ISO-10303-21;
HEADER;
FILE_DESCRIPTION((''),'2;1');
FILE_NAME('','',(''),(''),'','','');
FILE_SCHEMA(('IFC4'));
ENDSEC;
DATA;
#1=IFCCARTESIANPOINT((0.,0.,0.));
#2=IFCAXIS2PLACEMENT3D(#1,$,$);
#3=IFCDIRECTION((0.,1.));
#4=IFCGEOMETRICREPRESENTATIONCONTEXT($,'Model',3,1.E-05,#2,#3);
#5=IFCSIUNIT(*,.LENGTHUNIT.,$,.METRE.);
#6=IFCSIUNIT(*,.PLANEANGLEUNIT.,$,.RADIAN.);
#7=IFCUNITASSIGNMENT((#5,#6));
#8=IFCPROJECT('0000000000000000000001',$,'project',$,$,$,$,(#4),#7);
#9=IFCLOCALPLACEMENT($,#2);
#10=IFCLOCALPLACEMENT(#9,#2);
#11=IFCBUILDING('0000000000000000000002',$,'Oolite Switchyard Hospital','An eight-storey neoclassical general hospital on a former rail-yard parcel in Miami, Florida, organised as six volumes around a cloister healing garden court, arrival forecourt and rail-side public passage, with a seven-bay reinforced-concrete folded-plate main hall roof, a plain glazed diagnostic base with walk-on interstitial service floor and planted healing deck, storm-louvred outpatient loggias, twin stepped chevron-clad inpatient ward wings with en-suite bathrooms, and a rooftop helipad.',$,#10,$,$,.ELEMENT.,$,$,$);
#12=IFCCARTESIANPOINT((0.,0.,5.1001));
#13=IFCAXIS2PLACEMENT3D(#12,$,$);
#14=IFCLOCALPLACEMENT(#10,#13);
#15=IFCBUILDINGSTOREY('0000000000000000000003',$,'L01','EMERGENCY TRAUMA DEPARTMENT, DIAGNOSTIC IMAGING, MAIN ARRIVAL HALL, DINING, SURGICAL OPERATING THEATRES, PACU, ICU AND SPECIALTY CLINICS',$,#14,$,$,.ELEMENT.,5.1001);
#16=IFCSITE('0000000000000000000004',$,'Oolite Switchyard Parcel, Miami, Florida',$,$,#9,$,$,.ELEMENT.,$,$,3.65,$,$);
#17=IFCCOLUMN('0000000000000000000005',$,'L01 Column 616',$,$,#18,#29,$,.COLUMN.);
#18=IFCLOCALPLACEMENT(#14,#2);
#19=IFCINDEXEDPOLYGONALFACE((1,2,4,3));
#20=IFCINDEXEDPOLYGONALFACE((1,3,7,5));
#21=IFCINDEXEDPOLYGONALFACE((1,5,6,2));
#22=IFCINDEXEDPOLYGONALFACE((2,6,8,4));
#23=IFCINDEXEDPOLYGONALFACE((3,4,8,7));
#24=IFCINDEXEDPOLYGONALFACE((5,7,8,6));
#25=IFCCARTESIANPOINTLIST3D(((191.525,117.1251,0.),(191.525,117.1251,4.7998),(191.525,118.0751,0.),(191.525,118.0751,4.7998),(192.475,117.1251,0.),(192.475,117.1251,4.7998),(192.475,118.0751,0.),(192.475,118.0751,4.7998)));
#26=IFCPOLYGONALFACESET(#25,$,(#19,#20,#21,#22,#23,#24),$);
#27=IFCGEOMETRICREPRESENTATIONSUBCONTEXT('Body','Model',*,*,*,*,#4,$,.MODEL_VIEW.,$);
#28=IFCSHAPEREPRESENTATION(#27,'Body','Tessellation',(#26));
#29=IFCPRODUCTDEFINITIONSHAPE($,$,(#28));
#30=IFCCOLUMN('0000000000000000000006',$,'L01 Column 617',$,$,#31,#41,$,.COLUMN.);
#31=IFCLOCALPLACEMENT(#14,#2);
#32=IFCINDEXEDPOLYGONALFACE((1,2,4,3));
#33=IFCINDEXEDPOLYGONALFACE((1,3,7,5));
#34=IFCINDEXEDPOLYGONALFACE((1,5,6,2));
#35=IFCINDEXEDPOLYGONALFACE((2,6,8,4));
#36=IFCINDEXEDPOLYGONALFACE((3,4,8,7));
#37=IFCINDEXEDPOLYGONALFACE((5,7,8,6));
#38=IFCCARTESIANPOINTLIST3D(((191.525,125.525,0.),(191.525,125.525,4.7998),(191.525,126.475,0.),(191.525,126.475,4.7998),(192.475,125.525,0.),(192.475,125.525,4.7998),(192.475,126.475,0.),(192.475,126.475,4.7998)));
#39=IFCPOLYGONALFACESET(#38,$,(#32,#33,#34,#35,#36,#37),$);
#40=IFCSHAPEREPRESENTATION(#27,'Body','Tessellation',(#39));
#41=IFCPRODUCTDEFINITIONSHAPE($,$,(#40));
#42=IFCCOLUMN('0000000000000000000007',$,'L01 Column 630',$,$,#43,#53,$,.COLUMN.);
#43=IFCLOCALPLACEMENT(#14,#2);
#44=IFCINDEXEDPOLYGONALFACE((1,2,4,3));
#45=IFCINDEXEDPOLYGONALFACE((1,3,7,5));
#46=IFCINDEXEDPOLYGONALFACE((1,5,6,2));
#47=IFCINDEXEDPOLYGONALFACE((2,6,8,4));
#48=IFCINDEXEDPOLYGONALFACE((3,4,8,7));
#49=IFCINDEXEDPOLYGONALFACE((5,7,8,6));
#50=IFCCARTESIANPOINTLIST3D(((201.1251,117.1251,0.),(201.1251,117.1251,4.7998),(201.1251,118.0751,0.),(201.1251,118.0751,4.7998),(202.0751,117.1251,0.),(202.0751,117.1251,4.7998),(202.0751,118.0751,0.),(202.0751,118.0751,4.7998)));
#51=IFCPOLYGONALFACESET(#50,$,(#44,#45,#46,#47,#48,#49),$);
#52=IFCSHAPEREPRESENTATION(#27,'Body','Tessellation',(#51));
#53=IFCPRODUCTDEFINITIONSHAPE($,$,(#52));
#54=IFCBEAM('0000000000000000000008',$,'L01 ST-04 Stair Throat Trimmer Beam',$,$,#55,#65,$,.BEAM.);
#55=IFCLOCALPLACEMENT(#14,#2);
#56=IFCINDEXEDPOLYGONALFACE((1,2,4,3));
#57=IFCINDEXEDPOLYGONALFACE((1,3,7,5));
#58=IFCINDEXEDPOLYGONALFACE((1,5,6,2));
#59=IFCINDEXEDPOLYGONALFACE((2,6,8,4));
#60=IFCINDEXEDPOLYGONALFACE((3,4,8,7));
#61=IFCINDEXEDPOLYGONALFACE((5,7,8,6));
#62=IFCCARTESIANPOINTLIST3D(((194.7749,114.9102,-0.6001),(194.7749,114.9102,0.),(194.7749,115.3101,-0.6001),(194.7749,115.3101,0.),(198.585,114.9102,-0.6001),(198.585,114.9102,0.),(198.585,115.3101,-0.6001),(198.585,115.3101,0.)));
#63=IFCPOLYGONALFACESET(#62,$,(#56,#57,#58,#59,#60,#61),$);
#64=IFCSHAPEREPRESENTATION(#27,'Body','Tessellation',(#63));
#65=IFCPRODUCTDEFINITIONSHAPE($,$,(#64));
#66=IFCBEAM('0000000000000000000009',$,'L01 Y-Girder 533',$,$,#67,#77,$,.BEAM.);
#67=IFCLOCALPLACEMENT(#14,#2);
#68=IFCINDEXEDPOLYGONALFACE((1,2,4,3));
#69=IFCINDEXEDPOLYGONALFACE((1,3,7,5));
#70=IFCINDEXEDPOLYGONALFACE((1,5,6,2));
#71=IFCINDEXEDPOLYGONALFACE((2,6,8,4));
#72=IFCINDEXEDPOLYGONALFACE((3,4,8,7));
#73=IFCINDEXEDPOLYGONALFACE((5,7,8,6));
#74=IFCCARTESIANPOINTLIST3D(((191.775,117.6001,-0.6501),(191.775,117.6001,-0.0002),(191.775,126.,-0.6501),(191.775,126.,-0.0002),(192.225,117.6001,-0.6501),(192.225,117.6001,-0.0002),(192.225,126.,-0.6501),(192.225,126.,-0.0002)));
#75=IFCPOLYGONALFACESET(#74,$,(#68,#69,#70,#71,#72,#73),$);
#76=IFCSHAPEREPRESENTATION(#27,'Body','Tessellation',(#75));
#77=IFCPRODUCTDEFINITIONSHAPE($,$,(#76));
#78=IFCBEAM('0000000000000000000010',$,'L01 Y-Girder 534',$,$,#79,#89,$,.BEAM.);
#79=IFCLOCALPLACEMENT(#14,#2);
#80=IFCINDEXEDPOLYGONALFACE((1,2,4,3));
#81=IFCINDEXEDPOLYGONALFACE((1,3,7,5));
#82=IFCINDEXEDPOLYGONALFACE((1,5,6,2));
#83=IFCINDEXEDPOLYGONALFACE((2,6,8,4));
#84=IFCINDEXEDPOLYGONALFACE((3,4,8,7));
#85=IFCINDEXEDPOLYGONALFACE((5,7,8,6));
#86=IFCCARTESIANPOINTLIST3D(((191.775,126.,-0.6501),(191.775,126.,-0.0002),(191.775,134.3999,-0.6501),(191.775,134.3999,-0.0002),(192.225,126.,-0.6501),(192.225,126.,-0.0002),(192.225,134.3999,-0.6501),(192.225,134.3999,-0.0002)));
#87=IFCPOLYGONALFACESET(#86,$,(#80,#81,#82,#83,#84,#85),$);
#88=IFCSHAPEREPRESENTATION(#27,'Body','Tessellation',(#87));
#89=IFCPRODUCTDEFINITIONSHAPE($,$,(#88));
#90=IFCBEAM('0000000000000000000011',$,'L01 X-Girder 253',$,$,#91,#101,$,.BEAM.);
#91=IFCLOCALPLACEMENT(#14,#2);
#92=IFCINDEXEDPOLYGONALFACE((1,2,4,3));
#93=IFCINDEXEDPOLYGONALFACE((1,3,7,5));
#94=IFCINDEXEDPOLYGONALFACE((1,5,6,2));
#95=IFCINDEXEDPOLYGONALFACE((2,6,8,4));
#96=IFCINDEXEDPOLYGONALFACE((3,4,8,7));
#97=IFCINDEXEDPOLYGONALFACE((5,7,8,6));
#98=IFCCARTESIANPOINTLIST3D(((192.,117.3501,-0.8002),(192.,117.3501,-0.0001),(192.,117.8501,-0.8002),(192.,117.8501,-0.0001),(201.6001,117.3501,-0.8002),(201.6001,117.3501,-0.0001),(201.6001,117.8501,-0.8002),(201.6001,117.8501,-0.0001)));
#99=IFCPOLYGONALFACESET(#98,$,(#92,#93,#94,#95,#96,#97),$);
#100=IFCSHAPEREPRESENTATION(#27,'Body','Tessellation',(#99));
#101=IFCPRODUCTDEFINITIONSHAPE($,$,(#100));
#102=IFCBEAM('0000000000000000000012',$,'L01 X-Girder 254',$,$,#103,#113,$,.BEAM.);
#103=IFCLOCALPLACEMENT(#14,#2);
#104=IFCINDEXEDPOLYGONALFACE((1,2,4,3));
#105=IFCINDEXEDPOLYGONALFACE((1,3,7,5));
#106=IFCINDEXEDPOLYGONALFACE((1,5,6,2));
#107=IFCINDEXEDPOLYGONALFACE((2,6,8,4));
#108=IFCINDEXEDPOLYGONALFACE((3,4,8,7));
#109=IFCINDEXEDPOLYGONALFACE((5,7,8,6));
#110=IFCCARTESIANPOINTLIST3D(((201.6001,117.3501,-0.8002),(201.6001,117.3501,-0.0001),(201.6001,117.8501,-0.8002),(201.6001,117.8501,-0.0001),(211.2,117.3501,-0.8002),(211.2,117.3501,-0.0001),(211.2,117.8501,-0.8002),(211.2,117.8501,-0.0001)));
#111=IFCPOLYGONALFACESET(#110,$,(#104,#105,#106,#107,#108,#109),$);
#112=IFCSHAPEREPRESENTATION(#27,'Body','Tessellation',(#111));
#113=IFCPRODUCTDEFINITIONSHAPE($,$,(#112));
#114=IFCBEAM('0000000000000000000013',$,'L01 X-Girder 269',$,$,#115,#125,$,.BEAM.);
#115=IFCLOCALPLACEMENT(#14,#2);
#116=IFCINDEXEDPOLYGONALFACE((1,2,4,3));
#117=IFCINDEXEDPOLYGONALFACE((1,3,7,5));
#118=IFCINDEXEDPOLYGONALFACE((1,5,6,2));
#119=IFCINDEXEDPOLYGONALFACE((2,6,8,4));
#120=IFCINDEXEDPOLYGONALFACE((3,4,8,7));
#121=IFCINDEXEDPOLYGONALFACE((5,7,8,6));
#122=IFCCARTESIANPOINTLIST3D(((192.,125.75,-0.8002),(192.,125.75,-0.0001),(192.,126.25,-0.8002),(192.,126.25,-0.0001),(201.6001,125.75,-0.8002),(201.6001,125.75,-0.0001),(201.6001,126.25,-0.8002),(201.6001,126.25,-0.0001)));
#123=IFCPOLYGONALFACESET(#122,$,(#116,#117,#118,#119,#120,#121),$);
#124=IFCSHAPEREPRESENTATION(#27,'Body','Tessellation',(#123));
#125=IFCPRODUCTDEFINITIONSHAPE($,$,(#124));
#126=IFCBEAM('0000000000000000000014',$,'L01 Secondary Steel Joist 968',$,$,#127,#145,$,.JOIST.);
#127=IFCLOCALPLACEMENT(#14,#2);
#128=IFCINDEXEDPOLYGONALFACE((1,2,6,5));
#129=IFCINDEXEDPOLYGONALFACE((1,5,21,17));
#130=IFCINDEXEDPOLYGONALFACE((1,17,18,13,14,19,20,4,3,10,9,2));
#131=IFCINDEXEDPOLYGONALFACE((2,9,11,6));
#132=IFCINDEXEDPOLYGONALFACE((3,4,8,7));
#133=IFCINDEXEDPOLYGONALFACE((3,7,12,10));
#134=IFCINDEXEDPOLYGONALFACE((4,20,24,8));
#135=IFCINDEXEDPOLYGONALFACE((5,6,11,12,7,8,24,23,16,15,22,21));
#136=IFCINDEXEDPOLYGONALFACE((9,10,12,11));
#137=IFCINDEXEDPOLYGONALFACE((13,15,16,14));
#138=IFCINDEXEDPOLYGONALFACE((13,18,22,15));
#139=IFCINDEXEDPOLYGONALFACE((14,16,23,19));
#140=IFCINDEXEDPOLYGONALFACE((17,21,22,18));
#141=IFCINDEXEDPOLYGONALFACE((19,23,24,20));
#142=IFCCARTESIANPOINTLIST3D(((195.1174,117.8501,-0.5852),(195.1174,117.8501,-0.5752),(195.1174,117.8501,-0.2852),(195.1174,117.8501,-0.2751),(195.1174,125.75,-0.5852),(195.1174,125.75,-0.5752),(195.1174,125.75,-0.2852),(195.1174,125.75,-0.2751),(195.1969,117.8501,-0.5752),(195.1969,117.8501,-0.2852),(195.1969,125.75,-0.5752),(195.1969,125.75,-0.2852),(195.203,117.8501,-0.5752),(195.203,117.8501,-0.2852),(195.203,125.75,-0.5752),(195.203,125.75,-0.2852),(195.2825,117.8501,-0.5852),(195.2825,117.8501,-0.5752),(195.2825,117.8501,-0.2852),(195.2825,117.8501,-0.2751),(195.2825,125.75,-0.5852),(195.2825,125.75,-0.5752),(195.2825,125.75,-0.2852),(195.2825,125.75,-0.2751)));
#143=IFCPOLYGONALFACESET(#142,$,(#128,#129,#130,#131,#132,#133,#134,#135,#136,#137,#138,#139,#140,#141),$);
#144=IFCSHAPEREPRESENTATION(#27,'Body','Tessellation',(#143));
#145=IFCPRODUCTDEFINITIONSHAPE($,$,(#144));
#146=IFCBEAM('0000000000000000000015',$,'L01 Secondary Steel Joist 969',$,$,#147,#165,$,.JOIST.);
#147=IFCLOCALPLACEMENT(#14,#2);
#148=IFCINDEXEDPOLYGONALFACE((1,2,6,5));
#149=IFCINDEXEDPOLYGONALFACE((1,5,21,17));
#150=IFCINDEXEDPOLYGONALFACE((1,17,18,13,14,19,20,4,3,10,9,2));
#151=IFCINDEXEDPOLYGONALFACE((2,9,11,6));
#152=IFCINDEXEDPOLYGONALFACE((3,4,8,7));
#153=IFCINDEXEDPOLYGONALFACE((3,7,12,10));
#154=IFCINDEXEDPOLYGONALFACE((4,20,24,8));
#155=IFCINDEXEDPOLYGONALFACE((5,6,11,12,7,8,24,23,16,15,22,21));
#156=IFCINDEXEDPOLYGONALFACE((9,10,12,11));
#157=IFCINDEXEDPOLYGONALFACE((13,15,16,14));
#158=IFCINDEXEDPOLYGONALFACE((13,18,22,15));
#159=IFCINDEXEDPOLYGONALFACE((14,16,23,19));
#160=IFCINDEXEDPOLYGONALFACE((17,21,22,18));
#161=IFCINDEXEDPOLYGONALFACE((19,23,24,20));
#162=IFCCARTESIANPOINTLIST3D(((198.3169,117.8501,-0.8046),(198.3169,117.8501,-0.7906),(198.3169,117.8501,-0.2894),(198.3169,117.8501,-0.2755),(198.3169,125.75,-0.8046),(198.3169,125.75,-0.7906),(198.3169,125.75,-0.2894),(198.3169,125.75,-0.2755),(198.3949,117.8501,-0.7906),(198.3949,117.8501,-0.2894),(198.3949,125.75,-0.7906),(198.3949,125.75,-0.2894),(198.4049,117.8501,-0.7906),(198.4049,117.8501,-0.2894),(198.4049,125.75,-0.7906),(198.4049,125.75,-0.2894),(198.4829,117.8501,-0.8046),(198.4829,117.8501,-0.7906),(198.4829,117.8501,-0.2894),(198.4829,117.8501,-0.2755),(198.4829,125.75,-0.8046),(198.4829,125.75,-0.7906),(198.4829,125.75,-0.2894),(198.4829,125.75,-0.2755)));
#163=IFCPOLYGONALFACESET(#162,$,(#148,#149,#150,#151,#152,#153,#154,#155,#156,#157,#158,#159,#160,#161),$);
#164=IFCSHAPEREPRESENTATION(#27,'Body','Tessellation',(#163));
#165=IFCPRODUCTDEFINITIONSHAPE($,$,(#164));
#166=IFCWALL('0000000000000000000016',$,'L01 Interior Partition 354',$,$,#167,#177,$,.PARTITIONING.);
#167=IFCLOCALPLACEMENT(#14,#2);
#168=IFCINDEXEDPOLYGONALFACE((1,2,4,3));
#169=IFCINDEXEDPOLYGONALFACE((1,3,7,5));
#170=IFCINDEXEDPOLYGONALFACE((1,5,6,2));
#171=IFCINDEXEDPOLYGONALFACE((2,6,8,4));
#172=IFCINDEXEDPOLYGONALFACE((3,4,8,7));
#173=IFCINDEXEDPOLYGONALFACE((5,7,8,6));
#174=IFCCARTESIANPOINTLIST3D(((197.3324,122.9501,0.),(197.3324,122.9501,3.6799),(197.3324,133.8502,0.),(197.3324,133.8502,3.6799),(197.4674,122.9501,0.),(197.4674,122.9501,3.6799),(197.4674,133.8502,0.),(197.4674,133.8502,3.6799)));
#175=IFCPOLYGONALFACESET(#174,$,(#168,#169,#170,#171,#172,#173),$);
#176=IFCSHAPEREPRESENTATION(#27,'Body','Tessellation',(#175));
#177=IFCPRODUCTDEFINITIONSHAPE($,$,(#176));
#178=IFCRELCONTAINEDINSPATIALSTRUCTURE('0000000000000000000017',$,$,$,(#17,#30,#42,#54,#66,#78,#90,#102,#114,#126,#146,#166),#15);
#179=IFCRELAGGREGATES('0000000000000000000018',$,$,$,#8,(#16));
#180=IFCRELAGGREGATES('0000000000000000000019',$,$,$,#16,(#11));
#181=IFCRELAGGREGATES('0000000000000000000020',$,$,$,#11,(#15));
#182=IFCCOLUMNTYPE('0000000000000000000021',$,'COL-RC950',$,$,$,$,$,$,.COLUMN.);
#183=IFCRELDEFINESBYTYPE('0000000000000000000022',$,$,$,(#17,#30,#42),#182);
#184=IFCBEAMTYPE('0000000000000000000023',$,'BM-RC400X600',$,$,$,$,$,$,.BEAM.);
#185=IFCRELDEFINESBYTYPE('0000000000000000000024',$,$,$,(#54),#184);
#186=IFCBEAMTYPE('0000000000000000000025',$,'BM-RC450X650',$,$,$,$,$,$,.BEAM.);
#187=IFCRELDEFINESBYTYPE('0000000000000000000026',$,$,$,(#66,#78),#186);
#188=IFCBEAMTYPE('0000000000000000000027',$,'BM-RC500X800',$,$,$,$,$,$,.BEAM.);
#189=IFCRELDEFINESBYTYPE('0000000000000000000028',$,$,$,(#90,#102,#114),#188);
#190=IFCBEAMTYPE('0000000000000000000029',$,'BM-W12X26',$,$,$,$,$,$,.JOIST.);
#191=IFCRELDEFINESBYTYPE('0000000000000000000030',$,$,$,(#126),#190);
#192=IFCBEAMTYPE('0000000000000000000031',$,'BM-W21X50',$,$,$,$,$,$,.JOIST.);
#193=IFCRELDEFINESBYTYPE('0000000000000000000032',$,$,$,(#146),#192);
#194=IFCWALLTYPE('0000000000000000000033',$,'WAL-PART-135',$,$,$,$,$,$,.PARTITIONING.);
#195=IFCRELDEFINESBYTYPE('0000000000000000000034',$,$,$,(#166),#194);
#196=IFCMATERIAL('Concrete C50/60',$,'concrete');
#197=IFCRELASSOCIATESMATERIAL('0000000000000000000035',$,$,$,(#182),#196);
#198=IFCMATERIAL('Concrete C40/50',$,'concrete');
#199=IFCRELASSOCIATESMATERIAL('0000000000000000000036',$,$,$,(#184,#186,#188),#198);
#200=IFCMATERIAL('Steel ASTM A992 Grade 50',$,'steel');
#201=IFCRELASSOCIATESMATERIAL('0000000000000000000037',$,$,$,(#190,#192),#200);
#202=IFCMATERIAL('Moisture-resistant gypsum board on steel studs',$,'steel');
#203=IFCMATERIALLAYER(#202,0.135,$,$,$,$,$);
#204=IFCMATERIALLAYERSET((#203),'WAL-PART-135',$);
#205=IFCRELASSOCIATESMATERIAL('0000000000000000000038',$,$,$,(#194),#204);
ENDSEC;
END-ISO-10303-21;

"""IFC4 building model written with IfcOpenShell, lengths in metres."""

from ifc_helpers import new_model, si_unit, direction, frame, frame_2d, origin, origin_2d, place, context, subcontext, project, spatial, rectangle, i_section, extrude, material, layer, layer_set, material_profile, profile_set, type_object, element, save


model = new_model("IFC4")

# Units and contexts
model_context = context("Model", 3, precision=1e-05, world=origin(), true_north=direction((0.0, 1.0)))
body_context = subcontext(model_context, "Body", "Model", "MODEL_VIEW")
ifc_project = project(units=[si_unit("LENGTHUNIT", "METRE"), si_unit("PLANEANGLEUNIT", "RADIAN")], contexts=[model_context])

# Site, building, storey
site_placement = place(None, origin())
site = spatial("IfcSite", under=ifc_project, at=site_placement, Name="Oolite Switchyard Parcel, Miami, Florida", CompositionType="ELEMENT", RefElevation=3.65)
building_placement = place(site_placement, origin())
building = spatial("IfcBuilding", under=site, at=building_placement, Name="Oolite Switchyard Hospital", Description="An eight-storey neoclassical general hospital on a former rail-yard parcel in Miami, Florida, organised as six volumes around a cloister healing garden court, arrival forecourt and rail-side public passage, with a seven-bay reinforced-concrete folded-plate main hall roof, a plain glazed diagnostic base with walk-on interstitial service floor and planted healing deck, storm-louvred outpatient loggias, twin stepped chevron-clad inpatient ward wings with en-suite bathrooms, and a rooftop helipad.", CompositionType="ELEMENT")
storey_placement = place(building_placement, frame((0.0, 0.0, 5.1001)))
storey = spatial("IfcBuildingStorey", under=building, at=storey_placement, Name="L01", Description="EMERGENCY TRAUMA DEPARTMENT, DIAGNOSTIC IMAGING, MAIN ARRIVAL HALL, DINING, SURGICAL OPERATING THEATRES, PACU, ICU AND SPECIALTY CLINICS", CompositionType="ELEMENT", Elevation=5.1001)

# Columns
ifc_material_1 = material(Name="Concrete C50/60", Category="concrete")
ifc_material_profile_1 = material_profile(ifc_material_1, rectangle(XDim=0.95, YDim=0.95, at=origin_2d()), Name="RC950X950")
ifc_profile_set_1 = profile_set([ifc_material_profile_1], Name="Concrete C50/60")
column_type = type_object("IfcColumnType", Name="COL-RC950", PredefinedType="COLUMN", material=ifc_profile_set_1)
for number, where, z_axis, x_axis, name in (
    (1, (192.0, 117.6001, 0.0), (0.0, 0.0, 1.0), (1.0, 0.0, 0.0), "L01 Column 616"),
    (2, (192.0, 126.0, 0.0), (0.0, 0.0, 1.0), (1.0, 0.0, 0.0), "L01 Column 617"),
    (3, (201.6001, 117.6001, 0.0), (0.0, 0.0, 1.0), (1.0, 0.0, 0.0), "L01 Column 630"),
):
    element("IfcColumn", number, at=place(storey_placement, frame(where, z_axis=z_axis, x_axis=x_axis)), inside=storey, type_object=column_type, Name=name, PredefinedType="COLUMN", context=body_context, shape_type="SweptSolid", body=[
        extrude(rectangle(XDim=0.95, YDim=0.95, at=origin_2d()), origin(), (0.0, 0.0, 1.0), 4.7998),
    ])

# Beams
ifc_material_2 = material(Name="Concrete C40/50", Category="concrete")
ifc_material_profile_2 = material_profile(ifc_material_2, rectangle(XDim=0.3999, YDim=0.6001, at=origin_2d()), Name="RCB400X600")
ifc_profile_set_2 = profile_set([ifc_material_profile_2], Name="Concrete C40/50")
beam_type_1 = type_object("IfcBeamType", Name="BM-RC400X600", PredefinedType="BEAM", material=ifc_profile_set_2)
beam_1_placement = place(storey_placement, frame((194.7749, 115.1101, -0.3), z_axis=(1.0, 0.0, 0.0), x_axis=(0.0, 1.0, 0.0)))
element("IfcBeam", 4, at=beam_1_placement, inside=storey, type_object=beam_type_1, Name="L01 ST-04 Stair Throat Trimmer Beam", PredefinedType="BEAM", context=body_context, shape_type="SweptSolid", body=[
    extrude(rectangle(XDim=0.3999, YDim=0.6001, at=origin_2d()), origin(), (0.0, 0.0, 1.0), 3.8101),
])
ifc_material_profile_3 = material_profile(ifc_material_2, rectangle(XDim=0.45, YDim=0.6499, at=origin_2d()), Name="RCB450X650")
ifc_profile_set_3 = profile_set([ifc_material_profile_3], Name="Concrete C40/50")
beam_type_2 = type_object("IfcBeamType", Name="BM-RC450X650", PredefinedType="BEAM", material=ifc_profile_set_3)
for number, where, z_axis, x_axis, name in (
    (5, (192.0, 117.6001, -0.3252), (0.0, 1.0, 0.0), (-1.0, 0.0, 0.0), "L01 Y-Girder 533"),
    (6, (192.0, 126.0, -0.3252), (0.0, 1.0, 0.0), (-1.0, 0.0, 0.0), "L01 Y-Girder 534"),
):
    element("IfcBeam", number, at=place(storey_placement, frame(where, z_axis=z_axis, x_axis=x_axis)), inside=storey, type_object=beam_type_2, Name=name, PredefinedType="BEAM", context=body_context, shape_type="SweptSolid", body=[
        extrude(rectangle(XDim=0.45, YDim=0.6499, at=origin_2d()), origin(), (0.0, 0.0, 1.0), 8.3999),
    ])
ifc_material_profile_4 = material_profile(ifc_material_2, rectangle(XDim=0.5, YDim=0.8, at=origin_2d()), Name="RCB500X800")
ifc_profile_set_4 = profile_set([ifc_material_profile_4], Name="Concrete C40/50")
beam_type_3 = type_object("IfcBeamType", Name="BM-RC500X800", PredefinedType="BEAM", material=ifc_profile_set_4)
beam_2_placement = place(storey_placement, frame((192.0, 117.6001, -0.4001), z_axis=(1.0, 0.0, 0.0), x_axis=(0.0, 1.0, 0.0)))
element("IfcBeam", 7, at=beam_2_placement, inside=storey, type_object=beam_type_3, Name="L01 X-Girder 253", PredefinedType="BEAM", context=body_context, shape_type="SweptSolid", body=[
    extrude(rectangle(XDim=0.5, YDim=0.8, at=origin_2d()), origin(), (0.0, 0.0, 1.0), 9.6001),
])
beam_3_placement = place(storey_placement, frame((201.6001, 117.6001, -0.4001), z_axis=(1.0, 0.0, 0.0), x_axis=(0.0, 1.0, 0.0)))
element("IfcBeam", 8, at=beam_3_placement, inside=storey, type_object=beam_type_3, Name="L01 X-Girder 254", PredefinedType="BEAM", context=body_context, shape_type="SweptSolid", body=[
    extrude(rectangle(XDim=0.5, YDim=0.8, at=origin_2d()), origin(), (0.0, 0.0, 1.0), 9.5999),
])
beam_4_placement = place(storey_placement, frame((192.0, 126.0, -0.4001), z_axis=(1.0, 0.0, 0.0), x_axis=(0.0, 1.0, 0.0)))
element("IfcBeam", 9, at=beam_4_placement, inside=storey, type_object=beam_type_3, Name="L01 X-Girder 269", PredefinedType="BEAM", context=body_context, shape_type="SweptSolid", body=[
    extrude(rectangle(XDim=0.5, YDim=0.8, at=origin_2d()), origin(), (0.0, 0.0, 1.0), 9.6001),
])
ifc_material_3 = material(Name="Steel ASTM A992 Grade 50", Category="steel")
ifc_material_profile_5 = material_profile(ifc_material_3, i_section(OverallWidth=0.165, OverallDepth=0.3101, WebThickness=0.0061, FlangeThickness=0.01, at=origin_2d()), Name="W12X26")
ifc_profile_set_5 = profile_set([ifc_material_profile_5], Name="Steel ASTM A992 Grade 50")
beam_type_4 = type_object("IfcBeamType", Name="BM-W12X26", PredefinedType="JOIST", material=ifc_profile_set_5)
beam_5_placement = place(storey_placement, frame((195.2, 117.8501, -0.4302), z_axis=(0.0, 1.0, 0.0), x_axis=(-1.0, 0.0, 0.0)))
element("IfcBeam", 10, at=beam_5_placement, inside=storey, type_object=beam_type_4, Name="L01 Secondary Steel Joist 968", PredefinedType="JOIST", context=body_context, shape_type="SweptSolid", body=[
    extrude(i_section(OverallWidth=0.165, OverallDepth=0.3101, WebThickness=0.0061, FlangeThickness=0.01, at=origin_2d()), origin(), (0.0, 0.0, 1.0), 7.8999),
])
ifc_material_profile_6 = material_profile(ifc_material_3, i_section(OverallWidth=0.166, OverallDepth=0.5291, WebThickness=0.01, FlangeThickness=0.0139, at=origin_2d()), Name="W21X50")
ifc_profile_set_6 = profile_set([ifc_material_profile_6], Name="Steel ASTM A992 Grade 50")
beam_type_5 = type_object("IfcBeamType", Name="BM-W21X50", PredefinedType="JOIST", material=ifc_profile_set_6)
beam_6_placement = place(storey_placement, frame((198.3999, 117.8501, -0.54), z_axis=(0.0, 1.0, 0.0), x_axis=(-1.0, 0.0, 0.0)))
element("IfcBeam", 11, at=beam_6_placement, inside=storey, type_object=beam_type_5, Name="L01 Secondary Steel Joist 969", PredefinedType="JOIST", context=body_context, shape_type="SweptSolid", body=[
    extrude(i_section(OverallWidth=0.166, OverallDepth=0.5291, WebThickness=0.01, FlangeThickness=0.0139, at=origin_2d()), origin(), (0.0, 0.0, 1.0), 7.8999),
])

# Wall
ifc_material_4 = material(Name="Moisture-resistant gypsum board on steel studs", Category="steel")
ifc_layer_1 = layer(ifc_material_4, 0.135)
ifc_layer_set_1 = layer_set([ifc_layer_1], Name="WAL-PART-135")
wall_type_1 = type_object("IfcWallType", Name="WAL-PART-135", PredefinedType="PARTITIONING", material=ifc_layer_set_1)
wall_1_placement = place(storey_placement, frame((197.3999, 122.95, 0.0), z_axis=(0.0, 0.0, 1.0), x_axis=(0.0, 1.0, 0.0)))
element("IfcWall", 12, at=wall_1_placement, inside=storey, type_object=wall_type_1, Name="L01 Interior Partition 354", PredefinedType="PARTITIONING", context=body_context, shape_type="SweptSolid", body=[
    extrude(rectangle(XDim=10.9001, YDim=0.135, at=frame_2d((5.4502, 0.0))), origin(), (0.0, 0.0, 1.0), 3.6799),
])

save(model, "model.ifc")
